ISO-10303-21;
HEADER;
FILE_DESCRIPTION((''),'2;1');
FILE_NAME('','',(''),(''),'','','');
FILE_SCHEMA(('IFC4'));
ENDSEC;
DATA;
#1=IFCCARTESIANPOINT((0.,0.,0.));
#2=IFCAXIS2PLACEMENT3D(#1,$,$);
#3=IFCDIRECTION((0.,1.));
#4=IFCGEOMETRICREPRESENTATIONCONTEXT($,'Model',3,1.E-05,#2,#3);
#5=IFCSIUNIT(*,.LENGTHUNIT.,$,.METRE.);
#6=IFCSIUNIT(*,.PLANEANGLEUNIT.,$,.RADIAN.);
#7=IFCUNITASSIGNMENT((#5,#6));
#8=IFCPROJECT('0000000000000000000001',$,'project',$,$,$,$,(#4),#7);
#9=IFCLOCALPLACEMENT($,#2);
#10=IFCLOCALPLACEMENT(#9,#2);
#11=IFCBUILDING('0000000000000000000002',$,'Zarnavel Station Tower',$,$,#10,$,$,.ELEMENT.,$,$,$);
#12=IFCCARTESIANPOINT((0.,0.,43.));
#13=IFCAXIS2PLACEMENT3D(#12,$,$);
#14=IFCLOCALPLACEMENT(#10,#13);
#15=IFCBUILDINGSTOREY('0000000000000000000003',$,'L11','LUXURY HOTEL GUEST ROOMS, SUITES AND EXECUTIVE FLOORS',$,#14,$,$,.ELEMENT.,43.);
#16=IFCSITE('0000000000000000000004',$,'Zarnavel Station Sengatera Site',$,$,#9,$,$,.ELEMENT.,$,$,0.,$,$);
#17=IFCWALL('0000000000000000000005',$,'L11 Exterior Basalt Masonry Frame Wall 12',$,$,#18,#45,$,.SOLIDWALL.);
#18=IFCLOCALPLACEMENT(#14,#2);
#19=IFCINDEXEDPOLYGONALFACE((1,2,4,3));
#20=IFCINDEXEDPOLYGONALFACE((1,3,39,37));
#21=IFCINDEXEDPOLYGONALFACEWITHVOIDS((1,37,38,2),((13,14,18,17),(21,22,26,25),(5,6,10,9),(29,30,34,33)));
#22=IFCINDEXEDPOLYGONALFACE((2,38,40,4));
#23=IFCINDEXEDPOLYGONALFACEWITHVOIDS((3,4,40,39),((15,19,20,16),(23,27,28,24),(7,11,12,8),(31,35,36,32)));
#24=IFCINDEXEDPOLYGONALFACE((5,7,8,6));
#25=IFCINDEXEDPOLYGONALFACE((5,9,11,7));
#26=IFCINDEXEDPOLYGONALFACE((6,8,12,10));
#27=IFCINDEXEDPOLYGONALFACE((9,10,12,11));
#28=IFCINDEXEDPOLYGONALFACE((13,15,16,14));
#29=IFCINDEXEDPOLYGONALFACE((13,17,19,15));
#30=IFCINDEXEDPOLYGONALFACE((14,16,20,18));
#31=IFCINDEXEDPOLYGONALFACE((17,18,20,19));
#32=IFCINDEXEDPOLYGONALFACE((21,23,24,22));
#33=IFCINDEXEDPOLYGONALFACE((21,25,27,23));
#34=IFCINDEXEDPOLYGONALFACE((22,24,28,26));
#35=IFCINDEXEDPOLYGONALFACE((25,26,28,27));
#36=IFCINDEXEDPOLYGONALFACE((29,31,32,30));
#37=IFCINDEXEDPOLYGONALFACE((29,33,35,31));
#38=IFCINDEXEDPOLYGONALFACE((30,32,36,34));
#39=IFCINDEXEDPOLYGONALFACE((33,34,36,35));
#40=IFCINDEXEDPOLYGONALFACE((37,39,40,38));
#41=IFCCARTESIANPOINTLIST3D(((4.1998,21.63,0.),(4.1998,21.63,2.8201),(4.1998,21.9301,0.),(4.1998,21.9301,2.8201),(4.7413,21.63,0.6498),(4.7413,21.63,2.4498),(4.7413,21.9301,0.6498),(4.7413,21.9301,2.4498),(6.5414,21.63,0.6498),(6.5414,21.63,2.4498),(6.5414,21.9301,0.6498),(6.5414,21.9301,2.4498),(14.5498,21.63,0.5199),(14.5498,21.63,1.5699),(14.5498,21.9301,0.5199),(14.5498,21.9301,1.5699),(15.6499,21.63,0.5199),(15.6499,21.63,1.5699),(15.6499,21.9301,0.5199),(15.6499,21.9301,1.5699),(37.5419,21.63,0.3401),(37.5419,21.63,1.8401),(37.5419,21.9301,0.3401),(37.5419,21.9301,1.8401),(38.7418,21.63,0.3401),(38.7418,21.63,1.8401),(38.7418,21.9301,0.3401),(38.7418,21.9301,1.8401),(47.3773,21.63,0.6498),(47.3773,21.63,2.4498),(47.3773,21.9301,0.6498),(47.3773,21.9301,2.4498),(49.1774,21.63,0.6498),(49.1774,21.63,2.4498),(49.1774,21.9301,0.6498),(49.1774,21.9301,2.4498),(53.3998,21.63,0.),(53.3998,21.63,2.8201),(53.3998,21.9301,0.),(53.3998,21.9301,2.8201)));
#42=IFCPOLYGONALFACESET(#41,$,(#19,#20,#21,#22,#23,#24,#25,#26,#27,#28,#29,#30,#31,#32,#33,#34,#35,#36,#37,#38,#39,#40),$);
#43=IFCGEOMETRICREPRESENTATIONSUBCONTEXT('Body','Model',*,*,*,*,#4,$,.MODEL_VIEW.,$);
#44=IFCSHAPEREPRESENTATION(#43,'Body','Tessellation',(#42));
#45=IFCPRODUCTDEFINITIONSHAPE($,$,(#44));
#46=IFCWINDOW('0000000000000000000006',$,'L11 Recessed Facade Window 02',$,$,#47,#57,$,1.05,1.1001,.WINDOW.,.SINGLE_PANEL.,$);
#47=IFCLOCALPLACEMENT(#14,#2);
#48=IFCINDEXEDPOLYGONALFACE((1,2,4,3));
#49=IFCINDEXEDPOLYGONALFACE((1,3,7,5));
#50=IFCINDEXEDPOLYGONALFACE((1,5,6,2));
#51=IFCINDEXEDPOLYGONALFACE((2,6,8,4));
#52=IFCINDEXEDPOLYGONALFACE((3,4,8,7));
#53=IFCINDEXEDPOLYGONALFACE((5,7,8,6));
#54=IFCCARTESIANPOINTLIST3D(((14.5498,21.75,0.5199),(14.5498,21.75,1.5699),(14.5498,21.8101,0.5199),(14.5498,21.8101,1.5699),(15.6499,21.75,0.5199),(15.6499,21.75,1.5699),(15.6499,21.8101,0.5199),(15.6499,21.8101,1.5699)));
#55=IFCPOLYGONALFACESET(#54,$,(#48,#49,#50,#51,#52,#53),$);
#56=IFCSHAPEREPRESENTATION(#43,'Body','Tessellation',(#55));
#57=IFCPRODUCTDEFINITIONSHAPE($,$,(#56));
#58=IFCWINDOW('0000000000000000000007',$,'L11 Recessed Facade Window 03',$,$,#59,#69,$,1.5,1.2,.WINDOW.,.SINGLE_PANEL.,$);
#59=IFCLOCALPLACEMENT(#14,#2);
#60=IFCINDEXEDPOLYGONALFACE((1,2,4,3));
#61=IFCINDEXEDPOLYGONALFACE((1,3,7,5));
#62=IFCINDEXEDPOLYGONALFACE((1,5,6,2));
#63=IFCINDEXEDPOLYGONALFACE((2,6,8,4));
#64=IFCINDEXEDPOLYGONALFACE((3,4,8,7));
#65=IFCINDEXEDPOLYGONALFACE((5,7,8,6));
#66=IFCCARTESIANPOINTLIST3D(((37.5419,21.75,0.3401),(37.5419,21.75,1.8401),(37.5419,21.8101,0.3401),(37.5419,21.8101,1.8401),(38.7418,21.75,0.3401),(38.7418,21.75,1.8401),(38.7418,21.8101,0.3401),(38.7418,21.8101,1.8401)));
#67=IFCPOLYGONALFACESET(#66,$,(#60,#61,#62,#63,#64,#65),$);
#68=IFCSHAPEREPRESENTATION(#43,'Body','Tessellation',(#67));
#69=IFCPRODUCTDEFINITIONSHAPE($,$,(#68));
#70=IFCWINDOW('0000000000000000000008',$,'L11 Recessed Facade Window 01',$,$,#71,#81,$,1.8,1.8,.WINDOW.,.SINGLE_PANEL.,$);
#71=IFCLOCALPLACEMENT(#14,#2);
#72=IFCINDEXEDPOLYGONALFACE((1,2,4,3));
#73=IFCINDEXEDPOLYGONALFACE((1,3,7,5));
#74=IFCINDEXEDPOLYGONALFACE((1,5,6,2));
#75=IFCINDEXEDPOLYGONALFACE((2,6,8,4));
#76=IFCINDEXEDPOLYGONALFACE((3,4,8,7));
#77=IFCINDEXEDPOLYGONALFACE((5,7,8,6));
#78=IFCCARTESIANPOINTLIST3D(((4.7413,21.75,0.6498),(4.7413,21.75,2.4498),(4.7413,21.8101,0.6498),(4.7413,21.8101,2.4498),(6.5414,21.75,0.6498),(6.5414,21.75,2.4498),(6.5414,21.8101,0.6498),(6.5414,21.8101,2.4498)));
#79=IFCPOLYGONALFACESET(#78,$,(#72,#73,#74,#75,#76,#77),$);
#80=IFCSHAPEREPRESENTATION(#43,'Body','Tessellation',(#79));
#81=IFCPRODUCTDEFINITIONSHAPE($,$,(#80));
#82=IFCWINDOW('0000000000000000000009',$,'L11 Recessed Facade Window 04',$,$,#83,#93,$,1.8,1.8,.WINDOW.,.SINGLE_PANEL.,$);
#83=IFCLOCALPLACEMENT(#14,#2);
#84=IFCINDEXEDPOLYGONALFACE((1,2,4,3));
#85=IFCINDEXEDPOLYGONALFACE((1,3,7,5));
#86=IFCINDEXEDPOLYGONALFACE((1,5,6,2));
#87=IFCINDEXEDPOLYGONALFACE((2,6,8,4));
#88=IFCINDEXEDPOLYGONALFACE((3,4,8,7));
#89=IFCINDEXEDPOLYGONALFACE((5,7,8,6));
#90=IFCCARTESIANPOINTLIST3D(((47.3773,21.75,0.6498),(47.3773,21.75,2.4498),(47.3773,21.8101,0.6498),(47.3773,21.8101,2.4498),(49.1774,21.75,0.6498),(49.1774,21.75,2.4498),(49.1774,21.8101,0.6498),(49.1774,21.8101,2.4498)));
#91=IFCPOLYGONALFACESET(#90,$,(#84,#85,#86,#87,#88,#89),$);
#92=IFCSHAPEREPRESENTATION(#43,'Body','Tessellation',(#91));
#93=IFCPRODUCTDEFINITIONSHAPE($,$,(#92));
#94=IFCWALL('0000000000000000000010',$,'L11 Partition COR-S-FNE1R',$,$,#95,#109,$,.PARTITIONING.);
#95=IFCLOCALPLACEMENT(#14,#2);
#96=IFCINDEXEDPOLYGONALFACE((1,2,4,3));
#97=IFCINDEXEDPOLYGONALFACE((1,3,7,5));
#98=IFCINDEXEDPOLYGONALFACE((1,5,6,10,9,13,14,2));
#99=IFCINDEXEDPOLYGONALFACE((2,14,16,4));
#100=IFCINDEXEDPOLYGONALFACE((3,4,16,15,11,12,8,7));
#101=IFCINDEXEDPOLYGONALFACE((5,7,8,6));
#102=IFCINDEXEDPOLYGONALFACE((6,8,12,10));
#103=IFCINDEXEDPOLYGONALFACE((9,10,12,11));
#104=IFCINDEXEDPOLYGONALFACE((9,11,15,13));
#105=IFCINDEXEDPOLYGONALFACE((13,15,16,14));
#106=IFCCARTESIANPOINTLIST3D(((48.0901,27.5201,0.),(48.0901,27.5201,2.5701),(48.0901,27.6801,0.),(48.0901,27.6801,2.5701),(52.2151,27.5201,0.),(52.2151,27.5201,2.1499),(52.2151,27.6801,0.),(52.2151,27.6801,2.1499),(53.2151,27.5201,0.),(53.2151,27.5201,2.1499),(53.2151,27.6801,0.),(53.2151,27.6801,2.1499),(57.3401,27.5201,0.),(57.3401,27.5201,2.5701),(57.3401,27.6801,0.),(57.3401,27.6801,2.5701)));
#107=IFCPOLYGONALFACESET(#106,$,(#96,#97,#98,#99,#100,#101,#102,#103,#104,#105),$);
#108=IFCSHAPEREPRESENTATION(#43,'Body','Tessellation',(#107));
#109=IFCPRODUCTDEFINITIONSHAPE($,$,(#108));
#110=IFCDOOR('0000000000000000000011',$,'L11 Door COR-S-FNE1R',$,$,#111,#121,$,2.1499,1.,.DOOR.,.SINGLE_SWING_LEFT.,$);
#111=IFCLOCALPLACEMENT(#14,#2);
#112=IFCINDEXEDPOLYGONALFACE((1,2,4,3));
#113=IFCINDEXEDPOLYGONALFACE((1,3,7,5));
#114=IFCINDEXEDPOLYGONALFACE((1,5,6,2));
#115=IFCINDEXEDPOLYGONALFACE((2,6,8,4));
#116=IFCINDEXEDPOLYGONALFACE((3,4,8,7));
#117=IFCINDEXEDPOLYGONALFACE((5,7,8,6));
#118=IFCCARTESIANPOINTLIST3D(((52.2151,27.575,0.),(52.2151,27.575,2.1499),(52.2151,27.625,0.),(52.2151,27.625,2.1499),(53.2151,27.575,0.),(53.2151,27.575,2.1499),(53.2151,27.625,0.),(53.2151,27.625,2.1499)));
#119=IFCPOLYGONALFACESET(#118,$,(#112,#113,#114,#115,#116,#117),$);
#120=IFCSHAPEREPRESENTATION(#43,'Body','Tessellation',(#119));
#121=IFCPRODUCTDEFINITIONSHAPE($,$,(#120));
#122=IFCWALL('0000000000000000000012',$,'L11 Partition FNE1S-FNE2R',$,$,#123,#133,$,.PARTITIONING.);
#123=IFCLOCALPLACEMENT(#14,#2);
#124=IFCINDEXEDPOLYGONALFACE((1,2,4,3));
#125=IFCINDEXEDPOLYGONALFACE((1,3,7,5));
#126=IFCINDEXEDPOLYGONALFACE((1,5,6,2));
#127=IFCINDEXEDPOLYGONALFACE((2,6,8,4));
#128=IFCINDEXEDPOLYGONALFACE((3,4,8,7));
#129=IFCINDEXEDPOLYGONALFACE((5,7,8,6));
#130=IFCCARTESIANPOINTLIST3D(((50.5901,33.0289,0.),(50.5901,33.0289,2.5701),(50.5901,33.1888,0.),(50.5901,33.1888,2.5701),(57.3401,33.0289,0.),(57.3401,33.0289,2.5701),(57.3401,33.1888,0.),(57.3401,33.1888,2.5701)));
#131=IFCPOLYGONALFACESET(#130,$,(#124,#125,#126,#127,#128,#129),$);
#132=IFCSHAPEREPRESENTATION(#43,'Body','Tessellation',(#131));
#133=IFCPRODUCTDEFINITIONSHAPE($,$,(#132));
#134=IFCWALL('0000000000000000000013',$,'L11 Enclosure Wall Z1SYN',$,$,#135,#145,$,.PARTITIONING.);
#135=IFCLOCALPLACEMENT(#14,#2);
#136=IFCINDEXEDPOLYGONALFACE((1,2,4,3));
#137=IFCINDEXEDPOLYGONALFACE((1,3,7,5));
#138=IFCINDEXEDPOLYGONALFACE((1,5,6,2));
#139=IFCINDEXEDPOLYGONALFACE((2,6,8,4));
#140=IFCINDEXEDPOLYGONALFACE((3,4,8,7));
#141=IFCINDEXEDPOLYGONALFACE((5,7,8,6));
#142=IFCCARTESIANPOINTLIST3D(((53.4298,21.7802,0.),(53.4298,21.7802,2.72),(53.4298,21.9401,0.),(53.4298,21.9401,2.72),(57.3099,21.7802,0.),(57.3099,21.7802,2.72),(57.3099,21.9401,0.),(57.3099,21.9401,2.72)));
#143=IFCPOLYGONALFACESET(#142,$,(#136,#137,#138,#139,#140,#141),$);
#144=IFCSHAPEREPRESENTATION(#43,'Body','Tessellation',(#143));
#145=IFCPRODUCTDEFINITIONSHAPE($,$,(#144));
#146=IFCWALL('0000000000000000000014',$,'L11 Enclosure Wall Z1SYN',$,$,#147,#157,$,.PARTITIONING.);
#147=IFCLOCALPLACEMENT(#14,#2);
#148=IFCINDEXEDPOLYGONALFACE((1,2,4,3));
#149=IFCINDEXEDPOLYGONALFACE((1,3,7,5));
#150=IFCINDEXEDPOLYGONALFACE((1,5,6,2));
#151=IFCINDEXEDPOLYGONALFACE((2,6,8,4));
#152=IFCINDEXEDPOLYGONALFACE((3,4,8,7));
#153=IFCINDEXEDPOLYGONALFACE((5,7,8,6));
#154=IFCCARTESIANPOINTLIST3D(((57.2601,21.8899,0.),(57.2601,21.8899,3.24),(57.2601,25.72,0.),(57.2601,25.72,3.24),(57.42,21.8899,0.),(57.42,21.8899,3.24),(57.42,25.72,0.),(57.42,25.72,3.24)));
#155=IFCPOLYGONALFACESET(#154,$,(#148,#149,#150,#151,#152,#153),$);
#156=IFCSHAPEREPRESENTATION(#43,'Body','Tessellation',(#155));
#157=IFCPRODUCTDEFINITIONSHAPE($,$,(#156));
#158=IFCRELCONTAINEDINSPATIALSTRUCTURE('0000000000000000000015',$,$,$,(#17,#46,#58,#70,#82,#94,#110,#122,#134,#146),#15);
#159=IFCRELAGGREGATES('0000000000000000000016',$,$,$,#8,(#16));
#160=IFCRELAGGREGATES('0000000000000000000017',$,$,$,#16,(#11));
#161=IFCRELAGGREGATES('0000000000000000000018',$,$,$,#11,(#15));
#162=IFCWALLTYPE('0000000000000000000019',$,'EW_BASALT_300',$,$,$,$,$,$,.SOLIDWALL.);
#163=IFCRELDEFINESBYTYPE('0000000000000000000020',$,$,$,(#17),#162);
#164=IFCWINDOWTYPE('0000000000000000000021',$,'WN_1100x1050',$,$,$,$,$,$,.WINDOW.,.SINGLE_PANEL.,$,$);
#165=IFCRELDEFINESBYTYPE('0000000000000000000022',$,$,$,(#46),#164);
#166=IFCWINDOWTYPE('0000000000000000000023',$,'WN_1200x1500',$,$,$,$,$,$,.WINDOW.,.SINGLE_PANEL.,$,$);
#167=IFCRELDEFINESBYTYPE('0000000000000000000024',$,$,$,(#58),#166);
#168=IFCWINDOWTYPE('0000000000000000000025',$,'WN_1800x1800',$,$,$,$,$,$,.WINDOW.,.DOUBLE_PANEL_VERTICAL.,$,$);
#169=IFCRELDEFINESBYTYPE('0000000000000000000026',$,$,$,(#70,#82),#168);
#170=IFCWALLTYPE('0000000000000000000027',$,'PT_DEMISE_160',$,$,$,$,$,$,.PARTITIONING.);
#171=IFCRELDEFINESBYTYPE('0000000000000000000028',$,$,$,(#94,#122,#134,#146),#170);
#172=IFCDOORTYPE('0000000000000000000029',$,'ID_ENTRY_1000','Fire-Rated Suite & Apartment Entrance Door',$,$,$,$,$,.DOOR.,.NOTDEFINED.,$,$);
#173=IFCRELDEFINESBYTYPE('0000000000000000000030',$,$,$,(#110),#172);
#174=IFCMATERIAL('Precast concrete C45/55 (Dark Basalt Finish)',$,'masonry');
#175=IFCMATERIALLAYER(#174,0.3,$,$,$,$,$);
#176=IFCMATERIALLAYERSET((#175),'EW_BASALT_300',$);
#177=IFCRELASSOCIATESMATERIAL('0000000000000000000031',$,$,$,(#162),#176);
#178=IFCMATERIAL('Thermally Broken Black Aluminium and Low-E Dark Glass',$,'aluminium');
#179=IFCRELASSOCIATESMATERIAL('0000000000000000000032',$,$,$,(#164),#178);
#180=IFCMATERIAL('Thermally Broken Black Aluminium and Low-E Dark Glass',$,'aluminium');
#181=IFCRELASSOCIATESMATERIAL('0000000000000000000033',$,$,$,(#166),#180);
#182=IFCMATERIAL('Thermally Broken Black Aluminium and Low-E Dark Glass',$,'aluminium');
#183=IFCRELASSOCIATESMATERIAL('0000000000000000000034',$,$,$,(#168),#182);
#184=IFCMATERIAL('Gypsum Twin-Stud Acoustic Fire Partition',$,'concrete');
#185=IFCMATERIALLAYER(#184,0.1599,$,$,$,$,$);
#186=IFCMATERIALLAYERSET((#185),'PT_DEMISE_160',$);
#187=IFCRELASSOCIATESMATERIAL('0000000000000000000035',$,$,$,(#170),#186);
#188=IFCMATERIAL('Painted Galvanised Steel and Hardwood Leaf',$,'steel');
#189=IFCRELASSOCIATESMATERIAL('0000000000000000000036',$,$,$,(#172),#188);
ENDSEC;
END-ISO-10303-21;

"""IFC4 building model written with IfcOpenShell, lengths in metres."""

from ifc_helpers import new_model, si_unit, direction, frame, frame_2d, origin, place, context, subcontext, project, spatial, rectangle, extrude, material, layer, layer_set, type_object, element, fill, save


model = new_model("IFC4")

# Units and contexts
model_context = context("Model", 3, precision=1e-05, world=origin(), true_north=direction((0.0, 1.0)))
body_context = subcontext(model_context, "Body", "Model", "MODEL_VIEW")
ifc_project = project(units=[si_unit("LENGTHUNIT", "METRE"), si_unit("PLANEANGLEUNIT", "RADIAN")], contexts=[model_context])

# Site, building, storey
site_placement = place(None, origin())
site = spatial("IfcSite", under=ifc_project, at=site_placement, Name="Zarnavel Station Sengatera Site", CompositionType="ELEMENT", RefElevation=0.0)
building_placement = place(site_placement, origin())
building = spatial("IfcBuilding", under=site, at=building_placement, Name="Zarnavel Station Tower", CompositionType="ELEMENT")
storey_placement = place(building_placement, frame((0.0, 0.0, 43.0)))
storey = spatial("IfcBuildingStorey", under=building, at=storey_placement, Name="L11", Description="LUXURY HOTEL GUEST ROOMS, SUITES AND EXECUTIVE FLOORS", CompositionType="ELEMENT", Elevation=43.0)

# Shared definitions
ifc_material_1 = material(Name="Precast concrete C45/55 (Dark Basalt Finish)", Category="masonry")
ifc_layer_1 = layer(ifc_material_1, 0.3)
ifc_layer_set_1 = layer_set([ifc_layer_1], Name="EW_BASALT_300")
wall_type_1 = type_object("IfcWallType", Name="EW_BASALT_300", PredefinedType="SOLIDWALL", material=ifc_layer_set_1)

# Wall, openings, windows
wall_1_placement = place(storey_placement, frame((53.3999, 21.78, 0.0), z_axis=(0.0, 0.0, 1.0), x_axis=(-1.0, 0.0, 0.0)))
wall_1 = element("IfcWall", 1, at=wall_1_placement, inside=storey, type_object=wall_type_1, Name="L11 Exterior Basalt Masonry Frame Wall 12", PredefinedType="SOLIDWALL", context=body_context, shape_type="SweptSolid", body=[
    extrude(rectangle(XDim=49.2, YDim=0.3, at=frame_2d((24.6001, 0.0))), origin(), (0.0, 0.0, 1.0), 2.8201),
])
opening_1_placement = place(wall_1_placement, frame((46.8586, 0.0, 0.6499)))
opening_1 = element("IfcOpeningElement", 2, at=opening_1_placement, cuts=wall_1, PredefinedType="OPENING", context=body_context, shape_type="SweptSolid", body=[
    extrude(rectangle(XDim=1.8, YDim=1.8, at=frame_2d((0.8999, 0.8999))), frame((0.0, 0.1599, 0.0), z_axis=(0.0, -1.0, 0.0), x_axis=(1.0, 0.0, 0.0)), (0.0, 0.0, 1.0), 0.3201),
])
opening_2_placement = place(wall_1_placement, frame((37.75, 0.0, 0.52)))
opening_2 = element("IfcOpeningElement", 3, at=opening_2_placement, cuts=wall_1, PredefinedType="OPENING", context=body_context, shape_type="SweptSolid", body=[
    extrude(rectangle(XDim=1.1001, YDim=1.05, at=frame_2d((0.55, 0.5249))), frame((0.0, 0.1599, 0.0), z_axis=(0.0, -1.0, 0.0), x_axis=(1.0, 0.0, 0.0)), (0.0, 0.0, 1.0), 0.3201),
])
opening_3_placement = place(wall_1_placement, frame((14.658, 0.0, 0.3401)))
opening_3 = element("IfcOpeningElement", 4, at=opening_3_placement, cuts=wall_1, PredefinedType="OPENING", context=body_context, shape_type="SweptSolid", body=[
    extrude(rectangle(XDim=1.2, YDim=1.5, at=frame_2d((0.6001, 0.75))), frame((0.0, 0.1599, 0.0), z_axis=(0.0, -1.0, 0.0), x_axis=(1.0, 0.0, 0.0)), (0.0, 0.0, 1.0), 0.3201),
])
opening_4_placement = place(wall_1_placement, frame((4.2227, 0.0, 0.6499)))
opening_4 = element("IfcOpeningElement", 5, at=opening_4_placement, cuts=wall_1, PredefinedType="OPENING", context=body_context, shape_type="SweptSolid", body=[
    extrude(rectangle(XDim=1.8, YDim=1.8, at=frame_2d((0.8999, 0.8999))), frame((0.0, 0.1599, 0.0), z_axis=(0.0, -1.0, 0.0), x_axis=(1.0, 0.0, 0.0)), (0.0, 0.0, 1.0), 0.3201),
])
ifc_material_2 = material(Name="Thermally Broken Black Aluminium and Low-E Dark Glass", Category="aluminium")
window_type_1 = type_object("IfcWindowType", Name="WN_1100x1050", PartitioningType="SINGLE_PANEL", PredefinedType="WINDOW", material=ifc_material_2)
window_1_placement = place(opening_2_placement, origin())
window_1 = element("IfcWindow", 6, at=window_1_placement, inside=storey, type_object=window_type_1, Name="L11 Recessed Facade Window 02", OverallHeight=1.05, OverallWidth=1.1001, PartitioningType="SINGLE_PANEL", PredefinedType="WINDOW", context=body_context, shape_type="SweptSolid", body=[
    extrude(rectangle(XDim=1.1001, YDim=1.05, at=frame_2d((0.55, 0.5249))), frame((0.0, 0.03, 0.0), z_axis=(0.0, -1.0, 0.0), x_axis=(1.0, 0.0, 0.0)), (0.0, 0.0, 1.0), 0.0601),
])
fill(opening_2, window_1)
ifc_material_3 = material(Name="Thermally Broken Black Aluminium and Low-E Dark Glass", Category="aluminium")
window_type_2 = type_object("IfcWindowType", Name="WN_1200x1500", PartitioningType="SINGLE_PANEL", PredefinedType="WINDOW", material=ifc_material_3)
window_2_placement = place(opening_3_placement, origin())
window_2 = element("IfcWindow", 7, at=window_2_placement, inside=storey, type_object=window_type_2, Name="L11 Recessed Facade Window 03", OverallHeight=1.5, OverallWidth=1.2, PartitioningType="SINGLE_PANEL", PredefinedType="WINDOW", context=body_context, shape_type="SweptSolid", body=[
    extrude(rectangle(XDim=1.2, YDim=1.5, at=frame_2d((0.6001, 0.75))), frame((0.0, 0.03, 0.0), z_axis=(0.0, -1.0, 0.0), x_axis=(1.0, 0.0, 0.0)), (0.0, 0.0, 1.0), 0.0601),
])
fill(opening_3, window_2)
ifc_material_4 = material(Name="Thermally Broken Black Aluminium and Low-E Dark Glass", Category="aluminium")
window_type_3 = type_object("IfcWindowType", Name="WN_1800x1800", PartitioningType="DOUBLE_PANEL_VERTICAL", PredefinedType="WINDOW", material=ifc_material_4)
window_3_placement = place(opening_1_placement, origin())
window_3 = element("IfcWindow", 8, at=window_3_placement, inside=storey, type_object=window_type_3, Name="L11 Recessed Facade Window 01", OverallHeight=1.8, OverallWidth=1.8, PartitioningType="SINGLE_PANEL", PredefinedType="WINDOW", context=body_context, shape_type="SweptSolid", body=[
    extrude(rectangle(XDim=1.8, YDim=1.8, at=frame_2d((0.8999, 0.8999))), frame((0.0, 0.03, 0.0), z_axis=(0.0, -1.0, 0.0), x_axis=(1.0, 0.0, 0.0)), (0.0, 0.0, 1.0), 0.0601),
])
fill(opening_1, window_3)
window_4_placement = place(opening_4_placement, origin())
window_4 = element("IfcWindow", 9, at=window_4_placement, inside=storey, type_object=window_type_3, Name="L11 Recessed Facade Window 04", OverallHeight=1.8, OverallWidth=1.8, PartitioningType="SINGLE_PANEL", PredefinedType="WINDOW", context=body_context, shape_type="SweptSolid", body=[
    extrude(rectangle(XDim=1.8, YDim=1.8, at=frame_2d((0.8999, 0.8999))), frame((0.0, 0.03, 0.0), z_axis=(0.0, -1.0, 0.0), x_axis=(1.0, 0.0, 0.0)), (0.0, 0.0, 1.0), 0.0601),
])
fill(opening_4, window_4)

# Wall, opening, door
ifc_material_5 = material(Name="Gypsum Twin-Stud Acoustic Fire Partition", Category="concrete")
ifc_layer_2 = layer(ifc_material_5, 0.1599)
ifc_layer_set_2 = layer_set([ifc_layer_2], Name="PT_DEMISE_160")
wall_type_2 = type_object("IfcWallType", Name="PT_DEMISE_160", PredefinedType="PARTITIONING", material=ifc_layer_set_2)
wall_2_placement = place(storey_placement, frame((48.0901, 27.6001, 0.0), z_axis=(0.0, 0.0, 1.0), x_axis=(1.0, 0.0, 0.0)))
wall_2 = element("IfcWall", 10, at=wall_2_placement, inside=storey, type_object=wall_type_2, Name="L11 Partition COR-S-FNE1R", PredefinedType="PARTITIONING", context=body_context, shape_type="SweptSolid", body=[
    extrude(rectangle(XDim=9.25, YDim=0.1599, at=frame_2d((4.625, 0.0))), origin(), (0.0, 0.0, 1.0), 2.5701),
])
opening_5_placement = place(wall_2_placement, frame((4.125, 0.0, 0.0)))
opening_5 = element("IfcOpeningElement", 11, at=opening_5_placement, cuts=wall_2, PredefinedType="OPENING", context=body_context, shape_type="SweptSolid", body=[
    extrude(rectangle(XDim=1.0, YDim=2.1499, at=frame_2d((0.5, 1.075))), frame((0.0, 0.0898, 0.0), z_axis=(0.0, -1.0, 0.0), x_axis=(1.0, 0.0, 0.0)), (0.0, 0.0, 1.0), 0.1799),
])
ifc_material_6 = material(Name="Painted Galvanised Steel and Hardwood Leaf", Category="steel")
door_type_1 = type_object("IfcDoorType", Name="ID_ENTRY_1000", Description="Fire-Rated Suite & Apartment Entrance Door", OperationType="NOTDEFINED", PredefinedType="DOOR", material=ifc_material_6)
door_1_placement = place(opening_5_placement, origin())
door_1 = element("IfcDoor", 12, at=door_1_placement, inside=storey, type_object=door_type_1, Name="L11 Door COR-S-FNE1R", OperationType="SINGLE_SWING_LEFT", OverallHeight=2.1499, OverallWidth=1.0, PredefinedType="DOOR", context=body_context, shape_type="SweptSolid", body=[
    extrude(rectangle(XDim=1.0, YDim=2.1499, at=frame_2d((0.5, 1.075))), frame((0.0, 0.0249, 0.0), z_axis=(0.0, -1.0, 0.0), x_axis=(1.0, 0.0, 0.0)), (0.0, 0.0, 1.0), 0.05),
])
fill(opening_5, door_1)

# Walls
wall_3_placement = place(storey_placement, frame((50.5901, 33.1089, 0.0), z_axis=(0.0, 0.0, 1.0), x_axis=(1.0, 0.0, 0.0)))
element("IfcWall", 13, at=wall_3_placement, inside=storey, type_object=wall_type_2, Name="L11 Partition FNE1S-FNE2R", PredefinedType="PARTITIONING", context=body_context, shape_type="SweptSolid", body=[
    extrude(rectangle(XDim=6.75, YDim=0.1599, at=frame_2d((3.375, 0.0))), origin(), (0.0, 0.0, 1.0), 2.5701),
])
wall_4_placement = place(storey_placement, frame((53.4299, 21.8601, 0.0), z_axis=(0.0, 0.0, 1.0), x_axis=(1.0, 0.0, 0.0)))
element("IfcWall", 14, at=wall_4_placement, inside=storey, type_object=wall_type_2, Name="L11 Enclosure Wall Z1SYN", PredefinedType="PARTITIONING", context=body_context, shape_type="SweptSolid", body=[
    extrude(rectangle(XDim=3.8801, YDim=0.1599, at=frame_2d((1.9399, 0.0))), origin(), (0.0, 0.0, 1.0), 2.72),
])
wall_5_placement = place(storey_placement, frame((57.3401, 21.8899, 0.0), z_axis=(0.0, 0.0, 1.0), x_axis=(0.0, 1.0, 0.0)))
element("IfcWall", 15, at=wall_5_placement, inside=storey, type_object=wall_type_2, Name="L11 Enclosure Wall Z1SYN", PredefinedType="PARTITIONING", context=body_context, shape_type="SweptSolid", body=[
    extrude(rectangle(XDim=3.8301, YDim=0.1599, at=frame_2d((1.915, 0.0))), origin(), (0.0, 0.0, 1.0), 3.24),
])

save(model, "model.ifc")
